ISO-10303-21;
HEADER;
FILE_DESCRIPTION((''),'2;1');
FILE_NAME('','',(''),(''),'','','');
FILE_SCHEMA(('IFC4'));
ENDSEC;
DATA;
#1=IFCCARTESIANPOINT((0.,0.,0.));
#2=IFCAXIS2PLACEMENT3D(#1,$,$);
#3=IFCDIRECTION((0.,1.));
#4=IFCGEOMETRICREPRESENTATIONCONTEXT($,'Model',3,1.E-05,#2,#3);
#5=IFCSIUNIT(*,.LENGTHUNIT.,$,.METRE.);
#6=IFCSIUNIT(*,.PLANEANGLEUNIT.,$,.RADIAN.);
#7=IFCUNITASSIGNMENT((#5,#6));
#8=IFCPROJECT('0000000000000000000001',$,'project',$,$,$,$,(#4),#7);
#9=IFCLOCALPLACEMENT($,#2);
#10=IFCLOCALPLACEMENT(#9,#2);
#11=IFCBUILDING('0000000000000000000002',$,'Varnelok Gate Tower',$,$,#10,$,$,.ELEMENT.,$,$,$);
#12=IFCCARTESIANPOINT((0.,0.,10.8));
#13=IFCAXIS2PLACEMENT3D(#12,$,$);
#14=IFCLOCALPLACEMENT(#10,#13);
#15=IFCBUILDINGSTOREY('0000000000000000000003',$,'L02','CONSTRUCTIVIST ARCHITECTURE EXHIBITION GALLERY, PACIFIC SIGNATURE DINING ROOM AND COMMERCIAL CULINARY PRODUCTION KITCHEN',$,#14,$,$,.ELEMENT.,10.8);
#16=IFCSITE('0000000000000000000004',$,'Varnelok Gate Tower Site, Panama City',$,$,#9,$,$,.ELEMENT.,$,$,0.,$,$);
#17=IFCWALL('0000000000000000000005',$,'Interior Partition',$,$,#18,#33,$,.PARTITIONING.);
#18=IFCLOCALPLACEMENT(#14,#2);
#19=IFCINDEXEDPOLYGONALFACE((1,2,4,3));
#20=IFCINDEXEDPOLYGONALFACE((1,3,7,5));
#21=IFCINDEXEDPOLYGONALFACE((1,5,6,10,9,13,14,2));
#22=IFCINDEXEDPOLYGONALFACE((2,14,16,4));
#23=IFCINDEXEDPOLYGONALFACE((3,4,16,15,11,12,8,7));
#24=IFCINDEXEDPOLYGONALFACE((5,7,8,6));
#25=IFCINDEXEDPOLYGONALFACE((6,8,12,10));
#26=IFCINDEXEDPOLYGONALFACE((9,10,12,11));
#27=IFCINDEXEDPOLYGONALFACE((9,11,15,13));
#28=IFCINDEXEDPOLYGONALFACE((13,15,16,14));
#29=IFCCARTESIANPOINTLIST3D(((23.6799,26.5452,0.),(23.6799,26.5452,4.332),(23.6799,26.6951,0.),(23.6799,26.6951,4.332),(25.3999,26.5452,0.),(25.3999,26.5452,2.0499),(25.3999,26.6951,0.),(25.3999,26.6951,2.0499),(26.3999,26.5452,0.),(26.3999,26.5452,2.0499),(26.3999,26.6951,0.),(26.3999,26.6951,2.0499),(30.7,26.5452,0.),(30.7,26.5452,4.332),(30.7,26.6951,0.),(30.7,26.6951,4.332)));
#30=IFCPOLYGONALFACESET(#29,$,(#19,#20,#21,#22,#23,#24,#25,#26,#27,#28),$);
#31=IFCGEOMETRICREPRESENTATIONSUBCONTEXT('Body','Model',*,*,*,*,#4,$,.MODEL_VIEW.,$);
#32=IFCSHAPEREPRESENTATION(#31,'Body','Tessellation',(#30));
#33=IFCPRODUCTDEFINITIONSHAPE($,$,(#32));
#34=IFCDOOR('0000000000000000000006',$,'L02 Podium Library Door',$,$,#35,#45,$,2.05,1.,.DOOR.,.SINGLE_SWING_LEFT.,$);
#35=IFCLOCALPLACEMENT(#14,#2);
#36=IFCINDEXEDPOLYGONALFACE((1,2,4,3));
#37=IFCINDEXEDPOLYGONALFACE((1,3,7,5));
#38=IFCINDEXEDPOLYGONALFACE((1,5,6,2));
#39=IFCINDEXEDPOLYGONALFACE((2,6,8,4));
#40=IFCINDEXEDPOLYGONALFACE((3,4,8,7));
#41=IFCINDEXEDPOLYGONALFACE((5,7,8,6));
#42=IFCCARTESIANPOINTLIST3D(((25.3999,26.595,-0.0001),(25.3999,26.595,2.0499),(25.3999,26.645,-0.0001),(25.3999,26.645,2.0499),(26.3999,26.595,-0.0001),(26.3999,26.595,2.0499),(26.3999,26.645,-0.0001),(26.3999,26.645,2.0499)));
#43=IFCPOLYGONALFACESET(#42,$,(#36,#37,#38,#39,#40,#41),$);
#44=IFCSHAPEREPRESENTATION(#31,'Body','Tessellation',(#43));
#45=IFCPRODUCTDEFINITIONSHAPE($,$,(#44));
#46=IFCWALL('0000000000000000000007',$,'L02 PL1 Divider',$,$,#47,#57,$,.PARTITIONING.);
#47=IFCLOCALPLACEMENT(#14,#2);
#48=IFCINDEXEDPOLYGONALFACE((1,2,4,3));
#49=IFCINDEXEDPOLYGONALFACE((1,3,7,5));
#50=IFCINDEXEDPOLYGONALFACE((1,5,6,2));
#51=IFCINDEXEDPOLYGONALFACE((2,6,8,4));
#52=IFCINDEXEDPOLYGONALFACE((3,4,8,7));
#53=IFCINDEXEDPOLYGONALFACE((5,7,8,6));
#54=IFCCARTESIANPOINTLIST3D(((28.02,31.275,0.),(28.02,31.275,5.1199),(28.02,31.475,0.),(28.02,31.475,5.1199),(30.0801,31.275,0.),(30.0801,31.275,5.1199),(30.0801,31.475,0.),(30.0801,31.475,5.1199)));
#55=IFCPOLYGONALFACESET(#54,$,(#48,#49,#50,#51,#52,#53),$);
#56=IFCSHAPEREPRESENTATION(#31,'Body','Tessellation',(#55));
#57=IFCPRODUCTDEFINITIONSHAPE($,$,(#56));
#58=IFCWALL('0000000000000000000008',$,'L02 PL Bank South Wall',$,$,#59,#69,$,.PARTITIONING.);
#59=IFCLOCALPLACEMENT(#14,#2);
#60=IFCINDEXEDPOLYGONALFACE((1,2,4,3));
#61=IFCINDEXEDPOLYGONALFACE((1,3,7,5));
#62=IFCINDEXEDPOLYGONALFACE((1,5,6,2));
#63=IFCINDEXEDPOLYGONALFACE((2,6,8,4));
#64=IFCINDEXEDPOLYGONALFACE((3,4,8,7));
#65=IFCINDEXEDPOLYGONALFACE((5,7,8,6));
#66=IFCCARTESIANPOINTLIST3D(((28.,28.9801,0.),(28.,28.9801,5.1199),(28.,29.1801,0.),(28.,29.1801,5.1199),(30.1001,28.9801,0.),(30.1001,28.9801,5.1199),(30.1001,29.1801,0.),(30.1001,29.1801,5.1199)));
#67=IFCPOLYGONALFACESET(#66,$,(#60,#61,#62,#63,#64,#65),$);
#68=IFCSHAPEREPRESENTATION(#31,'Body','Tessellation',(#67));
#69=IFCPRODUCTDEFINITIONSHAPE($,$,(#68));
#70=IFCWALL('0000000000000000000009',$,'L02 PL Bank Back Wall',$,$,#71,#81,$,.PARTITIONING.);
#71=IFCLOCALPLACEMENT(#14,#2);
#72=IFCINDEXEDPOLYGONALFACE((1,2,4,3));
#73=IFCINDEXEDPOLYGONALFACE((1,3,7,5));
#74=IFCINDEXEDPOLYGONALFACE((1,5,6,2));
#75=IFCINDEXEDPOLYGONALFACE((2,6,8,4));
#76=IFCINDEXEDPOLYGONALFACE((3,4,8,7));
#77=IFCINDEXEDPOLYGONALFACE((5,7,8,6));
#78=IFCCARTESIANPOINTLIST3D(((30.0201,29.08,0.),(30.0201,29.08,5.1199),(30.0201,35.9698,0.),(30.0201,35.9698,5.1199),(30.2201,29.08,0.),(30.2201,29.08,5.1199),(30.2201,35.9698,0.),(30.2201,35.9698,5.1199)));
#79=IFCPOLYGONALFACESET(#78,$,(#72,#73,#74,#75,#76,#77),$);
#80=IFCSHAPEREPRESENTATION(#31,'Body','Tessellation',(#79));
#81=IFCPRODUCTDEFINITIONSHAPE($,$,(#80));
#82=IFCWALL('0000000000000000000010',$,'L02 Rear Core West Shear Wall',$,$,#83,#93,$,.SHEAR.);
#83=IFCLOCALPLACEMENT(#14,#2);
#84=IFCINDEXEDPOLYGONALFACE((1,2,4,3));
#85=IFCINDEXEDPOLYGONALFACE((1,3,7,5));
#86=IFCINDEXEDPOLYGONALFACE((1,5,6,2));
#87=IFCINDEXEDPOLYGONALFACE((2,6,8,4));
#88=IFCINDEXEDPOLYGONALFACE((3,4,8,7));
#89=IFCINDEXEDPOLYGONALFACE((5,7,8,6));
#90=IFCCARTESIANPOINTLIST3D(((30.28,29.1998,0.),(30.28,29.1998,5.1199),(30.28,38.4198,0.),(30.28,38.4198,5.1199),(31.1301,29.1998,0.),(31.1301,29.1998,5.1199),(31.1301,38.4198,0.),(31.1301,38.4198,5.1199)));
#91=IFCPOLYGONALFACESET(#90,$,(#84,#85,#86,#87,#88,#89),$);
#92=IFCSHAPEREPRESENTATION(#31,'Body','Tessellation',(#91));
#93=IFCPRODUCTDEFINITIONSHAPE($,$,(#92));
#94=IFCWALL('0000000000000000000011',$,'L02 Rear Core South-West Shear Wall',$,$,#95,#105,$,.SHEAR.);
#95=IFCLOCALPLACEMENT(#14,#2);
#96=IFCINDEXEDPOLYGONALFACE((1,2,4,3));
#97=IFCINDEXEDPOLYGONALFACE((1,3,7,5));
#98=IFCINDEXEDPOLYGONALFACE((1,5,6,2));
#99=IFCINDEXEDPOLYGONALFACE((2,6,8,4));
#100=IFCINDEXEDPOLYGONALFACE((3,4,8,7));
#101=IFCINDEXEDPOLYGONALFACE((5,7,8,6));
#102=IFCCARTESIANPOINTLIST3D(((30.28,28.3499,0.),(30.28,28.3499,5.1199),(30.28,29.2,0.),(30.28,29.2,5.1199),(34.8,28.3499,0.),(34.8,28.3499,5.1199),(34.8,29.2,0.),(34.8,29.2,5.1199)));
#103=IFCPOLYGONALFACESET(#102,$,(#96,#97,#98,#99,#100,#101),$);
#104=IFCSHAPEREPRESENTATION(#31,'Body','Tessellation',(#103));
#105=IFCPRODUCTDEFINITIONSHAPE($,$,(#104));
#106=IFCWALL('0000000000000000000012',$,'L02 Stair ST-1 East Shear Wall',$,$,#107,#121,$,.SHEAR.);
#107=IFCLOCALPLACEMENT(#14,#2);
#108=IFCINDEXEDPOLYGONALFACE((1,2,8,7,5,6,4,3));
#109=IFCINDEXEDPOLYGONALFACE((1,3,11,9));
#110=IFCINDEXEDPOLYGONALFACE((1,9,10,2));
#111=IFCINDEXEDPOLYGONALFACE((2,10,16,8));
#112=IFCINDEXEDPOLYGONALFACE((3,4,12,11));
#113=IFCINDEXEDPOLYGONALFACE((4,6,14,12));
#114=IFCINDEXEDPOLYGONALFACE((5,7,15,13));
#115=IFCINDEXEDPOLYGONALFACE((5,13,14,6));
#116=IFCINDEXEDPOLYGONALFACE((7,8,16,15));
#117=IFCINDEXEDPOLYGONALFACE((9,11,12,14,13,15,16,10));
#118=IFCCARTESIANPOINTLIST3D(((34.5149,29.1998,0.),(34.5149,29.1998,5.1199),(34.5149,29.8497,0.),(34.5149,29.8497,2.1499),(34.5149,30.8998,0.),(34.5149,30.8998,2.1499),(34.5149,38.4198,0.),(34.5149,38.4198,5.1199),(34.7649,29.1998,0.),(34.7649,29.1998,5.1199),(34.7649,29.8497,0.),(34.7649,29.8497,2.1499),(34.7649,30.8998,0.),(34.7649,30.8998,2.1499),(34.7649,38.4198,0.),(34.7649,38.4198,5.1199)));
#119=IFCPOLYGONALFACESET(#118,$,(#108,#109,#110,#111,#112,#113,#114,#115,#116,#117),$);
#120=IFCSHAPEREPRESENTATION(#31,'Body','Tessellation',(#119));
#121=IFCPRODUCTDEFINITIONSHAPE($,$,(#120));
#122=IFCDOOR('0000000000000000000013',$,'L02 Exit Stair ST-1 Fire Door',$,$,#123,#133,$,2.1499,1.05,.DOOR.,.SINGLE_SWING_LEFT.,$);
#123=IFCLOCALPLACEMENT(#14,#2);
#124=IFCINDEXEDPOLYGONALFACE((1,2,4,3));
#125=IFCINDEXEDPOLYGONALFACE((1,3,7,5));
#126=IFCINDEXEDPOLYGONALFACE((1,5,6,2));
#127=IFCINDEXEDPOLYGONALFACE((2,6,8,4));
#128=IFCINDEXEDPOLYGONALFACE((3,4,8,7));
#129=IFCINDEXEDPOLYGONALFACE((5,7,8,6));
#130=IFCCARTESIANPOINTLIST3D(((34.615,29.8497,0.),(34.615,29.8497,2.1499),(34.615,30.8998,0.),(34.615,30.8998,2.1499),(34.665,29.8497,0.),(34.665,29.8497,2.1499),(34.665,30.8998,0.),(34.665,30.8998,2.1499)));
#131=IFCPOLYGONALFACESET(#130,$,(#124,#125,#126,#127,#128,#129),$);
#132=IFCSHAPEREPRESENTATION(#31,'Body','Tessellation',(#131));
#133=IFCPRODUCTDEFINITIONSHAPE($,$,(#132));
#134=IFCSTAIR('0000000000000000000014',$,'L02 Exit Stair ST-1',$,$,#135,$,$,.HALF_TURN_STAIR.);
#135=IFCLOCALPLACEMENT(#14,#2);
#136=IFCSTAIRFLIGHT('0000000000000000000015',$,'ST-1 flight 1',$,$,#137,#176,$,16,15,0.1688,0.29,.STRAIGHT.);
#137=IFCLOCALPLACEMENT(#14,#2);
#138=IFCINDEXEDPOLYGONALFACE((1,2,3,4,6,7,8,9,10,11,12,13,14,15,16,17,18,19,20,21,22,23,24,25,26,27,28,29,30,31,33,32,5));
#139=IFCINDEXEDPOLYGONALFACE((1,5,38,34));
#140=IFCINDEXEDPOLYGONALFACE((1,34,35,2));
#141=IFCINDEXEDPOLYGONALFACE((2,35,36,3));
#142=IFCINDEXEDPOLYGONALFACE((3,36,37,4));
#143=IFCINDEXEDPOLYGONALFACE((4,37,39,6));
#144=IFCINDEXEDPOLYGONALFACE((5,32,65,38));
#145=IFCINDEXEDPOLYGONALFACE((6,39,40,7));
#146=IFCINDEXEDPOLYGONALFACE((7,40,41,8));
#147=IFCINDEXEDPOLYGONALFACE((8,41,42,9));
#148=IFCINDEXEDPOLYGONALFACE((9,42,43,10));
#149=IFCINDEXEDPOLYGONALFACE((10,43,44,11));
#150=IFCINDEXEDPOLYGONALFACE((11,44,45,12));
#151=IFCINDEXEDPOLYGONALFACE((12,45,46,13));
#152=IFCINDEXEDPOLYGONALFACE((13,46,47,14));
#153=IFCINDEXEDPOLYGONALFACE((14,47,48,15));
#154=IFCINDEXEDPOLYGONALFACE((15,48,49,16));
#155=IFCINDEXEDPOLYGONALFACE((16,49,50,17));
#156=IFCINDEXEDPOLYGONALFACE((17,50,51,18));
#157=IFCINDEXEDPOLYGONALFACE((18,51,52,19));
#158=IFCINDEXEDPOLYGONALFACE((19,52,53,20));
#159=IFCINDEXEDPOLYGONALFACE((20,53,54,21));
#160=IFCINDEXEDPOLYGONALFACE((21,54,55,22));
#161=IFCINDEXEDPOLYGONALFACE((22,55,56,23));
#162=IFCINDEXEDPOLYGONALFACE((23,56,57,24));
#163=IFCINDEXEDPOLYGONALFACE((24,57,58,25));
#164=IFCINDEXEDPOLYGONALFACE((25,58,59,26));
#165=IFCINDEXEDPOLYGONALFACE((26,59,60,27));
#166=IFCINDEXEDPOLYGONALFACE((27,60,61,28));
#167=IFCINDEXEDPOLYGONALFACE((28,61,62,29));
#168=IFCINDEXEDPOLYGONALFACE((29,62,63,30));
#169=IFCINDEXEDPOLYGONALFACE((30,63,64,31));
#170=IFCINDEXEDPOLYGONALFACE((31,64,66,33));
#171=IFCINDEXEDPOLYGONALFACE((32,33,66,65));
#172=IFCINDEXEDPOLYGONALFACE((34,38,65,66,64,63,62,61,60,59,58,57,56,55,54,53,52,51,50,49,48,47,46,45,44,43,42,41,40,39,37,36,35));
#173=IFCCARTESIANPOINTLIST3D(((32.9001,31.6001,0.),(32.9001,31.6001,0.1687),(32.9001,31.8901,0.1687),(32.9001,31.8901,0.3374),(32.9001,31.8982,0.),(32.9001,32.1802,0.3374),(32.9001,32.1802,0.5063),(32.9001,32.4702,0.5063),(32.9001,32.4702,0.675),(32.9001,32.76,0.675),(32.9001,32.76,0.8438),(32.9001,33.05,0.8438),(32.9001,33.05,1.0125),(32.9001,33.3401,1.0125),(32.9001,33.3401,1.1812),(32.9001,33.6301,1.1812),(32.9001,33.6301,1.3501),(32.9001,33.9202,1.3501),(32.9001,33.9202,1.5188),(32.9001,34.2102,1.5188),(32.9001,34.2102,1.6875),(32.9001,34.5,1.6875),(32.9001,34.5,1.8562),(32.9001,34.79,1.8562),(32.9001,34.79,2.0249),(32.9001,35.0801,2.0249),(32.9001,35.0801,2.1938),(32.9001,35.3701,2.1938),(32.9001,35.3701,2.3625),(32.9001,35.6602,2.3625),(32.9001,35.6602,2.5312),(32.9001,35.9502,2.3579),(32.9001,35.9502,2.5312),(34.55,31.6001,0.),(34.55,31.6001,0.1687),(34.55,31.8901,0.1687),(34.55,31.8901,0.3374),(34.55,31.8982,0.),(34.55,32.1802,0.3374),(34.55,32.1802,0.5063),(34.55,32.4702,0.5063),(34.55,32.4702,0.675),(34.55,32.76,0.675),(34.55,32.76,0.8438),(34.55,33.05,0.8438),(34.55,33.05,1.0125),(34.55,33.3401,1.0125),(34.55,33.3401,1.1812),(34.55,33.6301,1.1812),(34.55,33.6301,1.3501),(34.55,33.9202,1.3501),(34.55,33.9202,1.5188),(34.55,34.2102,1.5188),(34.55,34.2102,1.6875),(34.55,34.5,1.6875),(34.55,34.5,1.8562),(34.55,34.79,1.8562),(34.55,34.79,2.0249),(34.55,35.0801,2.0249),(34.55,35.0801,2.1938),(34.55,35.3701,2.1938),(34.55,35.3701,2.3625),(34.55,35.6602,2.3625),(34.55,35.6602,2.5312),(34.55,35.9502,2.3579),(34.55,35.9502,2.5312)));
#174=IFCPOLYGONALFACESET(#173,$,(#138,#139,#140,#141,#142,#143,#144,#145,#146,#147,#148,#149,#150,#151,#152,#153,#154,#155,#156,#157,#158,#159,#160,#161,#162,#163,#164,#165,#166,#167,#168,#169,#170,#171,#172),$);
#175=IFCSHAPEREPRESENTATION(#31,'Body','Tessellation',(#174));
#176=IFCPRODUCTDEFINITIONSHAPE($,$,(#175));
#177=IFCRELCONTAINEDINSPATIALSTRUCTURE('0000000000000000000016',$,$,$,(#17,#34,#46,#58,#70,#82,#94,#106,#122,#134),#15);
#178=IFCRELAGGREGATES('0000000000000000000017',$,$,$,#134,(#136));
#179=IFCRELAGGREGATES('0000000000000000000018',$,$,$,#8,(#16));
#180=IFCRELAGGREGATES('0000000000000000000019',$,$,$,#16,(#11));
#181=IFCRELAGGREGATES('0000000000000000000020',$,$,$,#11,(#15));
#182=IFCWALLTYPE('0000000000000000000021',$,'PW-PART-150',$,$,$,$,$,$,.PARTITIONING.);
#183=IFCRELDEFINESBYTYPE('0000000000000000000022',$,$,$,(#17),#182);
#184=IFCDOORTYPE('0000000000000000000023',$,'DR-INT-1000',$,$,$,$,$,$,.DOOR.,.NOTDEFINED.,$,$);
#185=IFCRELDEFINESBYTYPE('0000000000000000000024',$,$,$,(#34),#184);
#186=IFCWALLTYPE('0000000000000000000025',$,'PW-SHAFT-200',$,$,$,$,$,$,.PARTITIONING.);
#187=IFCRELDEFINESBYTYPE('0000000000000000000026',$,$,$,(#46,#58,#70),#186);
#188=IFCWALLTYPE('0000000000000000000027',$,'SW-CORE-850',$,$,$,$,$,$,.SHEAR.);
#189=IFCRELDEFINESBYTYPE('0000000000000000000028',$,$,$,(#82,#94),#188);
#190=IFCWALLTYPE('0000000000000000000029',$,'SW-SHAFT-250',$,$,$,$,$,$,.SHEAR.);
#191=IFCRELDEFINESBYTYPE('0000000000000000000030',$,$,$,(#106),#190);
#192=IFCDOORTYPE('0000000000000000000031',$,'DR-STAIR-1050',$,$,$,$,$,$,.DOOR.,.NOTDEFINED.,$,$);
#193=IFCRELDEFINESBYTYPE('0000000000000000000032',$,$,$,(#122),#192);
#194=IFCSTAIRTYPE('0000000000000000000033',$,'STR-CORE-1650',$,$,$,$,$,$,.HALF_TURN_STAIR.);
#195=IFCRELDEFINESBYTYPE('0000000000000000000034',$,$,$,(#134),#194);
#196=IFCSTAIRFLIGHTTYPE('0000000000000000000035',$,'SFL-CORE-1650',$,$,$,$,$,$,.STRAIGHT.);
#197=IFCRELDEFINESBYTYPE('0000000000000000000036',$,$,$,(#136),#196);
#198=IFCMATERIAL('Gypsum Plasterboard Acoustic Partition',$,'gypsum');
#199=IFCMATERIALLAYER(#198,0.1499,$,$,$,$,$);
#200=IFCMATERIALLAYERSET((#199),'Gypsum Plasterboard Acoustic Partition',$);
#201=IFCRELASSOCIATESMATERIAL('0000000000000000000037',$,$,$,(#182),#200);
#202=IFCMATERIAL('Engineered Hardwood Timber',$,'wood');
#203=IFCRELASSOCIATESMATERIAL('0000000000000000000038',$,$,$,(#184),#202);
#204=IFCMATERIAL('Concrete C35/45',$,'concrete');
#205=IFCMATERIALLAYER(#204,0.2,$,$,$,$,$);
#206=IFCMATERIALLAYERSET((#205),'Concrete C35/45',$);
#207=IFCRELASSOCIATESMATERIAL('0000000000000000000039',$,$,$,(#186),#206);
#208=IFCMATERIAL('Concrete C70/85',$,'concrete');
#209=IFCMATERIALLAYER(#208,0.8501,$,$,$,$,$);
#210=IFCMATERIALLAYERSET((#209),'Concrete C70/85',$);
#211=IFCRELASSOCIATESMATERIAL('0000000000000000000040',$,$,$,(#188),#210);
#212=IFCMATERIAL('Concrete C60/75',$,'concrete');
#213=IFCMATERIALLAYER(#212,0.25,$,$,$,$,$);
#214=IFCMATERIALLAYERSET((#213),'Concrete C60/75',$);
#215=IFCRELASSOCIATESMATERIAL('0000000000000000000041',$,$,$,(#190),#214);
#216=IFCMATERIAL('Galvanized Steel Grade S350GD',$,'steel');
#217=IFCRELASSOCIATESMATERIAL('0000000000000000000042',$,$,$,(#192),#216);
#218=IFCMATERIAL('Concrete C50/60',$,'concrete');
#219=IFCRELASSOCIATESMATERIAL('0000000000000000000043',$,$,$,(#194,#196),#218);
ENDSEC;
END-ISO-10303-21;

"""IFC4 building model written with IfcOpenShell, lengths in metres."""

from ifc_helpers import new_model, si_unit, direction, frame, frame_2d, origin, place, context, subcontext, project, spatial, polyline, rectangle, outline, extrude, material, layer, layer_set, type_object, element, fill, aggregate, save


model = new_model("IFC4")

# Units and contexts
model_context = context("Model", 3, precision=1e-05, world=origin(), true_north=direction((0.0, 1.0)))
body_context = subcontext(model_context, "Body", "Model", "MODEL_VIEW")
ifc_project = project(units=[si_unit("LENGTHUNIT", "METRE"), si_unit("PLANEANGLEUNIT", "RADIAN")], contexts=[model_context])

# Site, building, storey
site_placement = place(None, origin())
site = spatial("IfcSite", under=ifc_project, at=site_placement, Name="Varnelok Gate Tower Site, Panama City", CompositionType="ELEMENT", RefElevation=0.0)
building_placement = place(site_placement, origin())
building = spatial("IfcBuilding", under=site, at=building_placement, Name="Varnelok Gate Tower", CompositionType="ELEMENT")
storey_placement = place(building_placement, frame((0.0, 0.0, 10.8)))
storey = spatial("IfcBuildingStorey", under=building, at=storey_placement, Name="L02", Description="CONSTRUCTIVIST ARCHITECTURE EXHIBITION GALLERY, PACIFIC SIGNATURE DINING ROOM AND COMMERCIAL CULINARY PRODUCTION KITCHEN", CompositionType="ELEMENT", Elevation=10.8)

# Shared definitions
ifc_material_1 = material(Name="Concrete C70/85", Category="concrete")

# Shared definitions
ifc_material_2 = material(Name="Concrete C60/75", Category="concrete")

# Wall, opening, door
ifc_material_3 = material(Name="Gypsum Plasterboard Acoustic Partition", Category="gypsum")
ifc_layer_1 = layer(ifc_material_3, 0.1499)
ifc_layer_set_1 = layer_set([ifc_layer_1], Name="Gypsum Plasterboard Acoustic Partition")
wall_type_1 = type_object("IfcWallType", Name="PW-PART-150", PredefinedType="PARTITIONING", material=ifc_layer_set_1)
wall_1_placement = place(storey_placement, frame((23.6799, 26.6201, 0.0), z_axis=(0.0, 0.0, 1.0), x_axis=(1.0, 0.0, 0.0)))
wall_1 = element("IfcWall", 1, at=wall_1_placement, inside=storey, type_object=wall_type_1, Name="Interior Partition", PredefinedType="PARTITIONING", context=body_context, shape_type="SweptSolid", body=[
    extrude(rectangle(XDim=7.02, YDim=0.1499, at=frame_2d((3.51, 0.0))), origin(), (0.0, 0.0, 1.0), 4.332),
])
opening_1_placement = place(wall_1_placement, frame((1.72, 0.0, 0.0)))
opening_1 = element("IfcOpeningElement", 2, at=opening_1_placement, cuts=wall_1, PredefinedType="OPENING", context=body_context, shape_type="SweptSolid", body=[
    extrude(rectangle(XDim=1.0, YDim=2.05, at=frame_2d((0.5, 1.0249))), frame((0.0, 0.085, 0.0), z_axis=(0.0, -1.0, 0.0), x_axis=(1.0, 0.0, 0.0)), (0.0, 0.0, 1.0), 0.1699),
])
ifc_material_4 = material(Name="Engineered Hardwood Timber", Category="wood")
door_type_1 = type_object("IfcDoorType", Name="DR-INT-1000", OperationType="NOTDEFINED", PredefinedType="DOOR", material=ifc_material_4)
door_1_placement = place(opening_1_placement, origin())
door_1 = element("IfcDoor", 3, at=door_1_placement, inside=storey, type_object=door_type_1, Name="L02 Podium Library Door", OperationType="SINGLE_SWING_LEFT", OverallHeight=2.05, OverallWidth=1.0, PredefinedType="DOOR", context=body_context, shape_type="SweptSolid", body=[
    extrude(rectangle(XDim=1.0, YDim=2.05, at=frame_2d((0.5, 1.0249))), frame((0.0, 0.0249, 0.0), z_axis=(0.0, -1.0, 0.0), x_axis=(1.0, 0.0, 0.0)), (0.0, 0.0, 1.0), 0.05),
])
fill(opening_1, door_1)

# Walls
ifc_material_5 = material(Name="Concrete C35/45", Category="concrete")
ifc_layer_2 = layer(ifc_material_5, 0.2)
ifc_layer_set_2 = layer_set([ifc_layer_2], Name="Concrete C35/45")
wall_type_2 = type_object("IfcWallType", Name="PW-SHAFT-200", PredefinedType="PARTITIONING", material=ifc_layer_set_2)
wall_2_placement = place(storey_placement, frame((28.02, 31.375, 0.0), z_axis=(0.0, 0.0, 1.0), x_axis=(1.0, 0.0, 0.0)))
element("IfcWall", 4, at=wall_2_placement, inside=storey, type_object=wall_type_2, Name="L02 PL1 Divider", PredefinedType="PARTITIONING", context=body_context, shape_type="SweptSolid", body=[
    extrude(rectangle(XDim=2.0601, YDim=0.2, at=frame_2d((1.03, 0.0))), origin(), (0.0, 0.0, 1.0), 5.1199),
])
wall_3_placement = place(storey_placement, frame((28.0, 29.0801, 0.0), z_axis=(0.0, 0.0, 1.0), x_axis=(1.0, 0.0, 0.0)))
element("IfcWall", 5, at=wall_3_placement, inside=storey, type_object=wall_type_2, Name="L02 PL Bank South Wall", PredefinedType="PARTITIONING", context=body_context, shape_type="SweptSolid", body=[
    extrude(rectangle(XDim=2.1001, YDim=0.2, at=frame_2d((1.05, 0.0))), origin(), (0.0, 0.0, 1.0), 5.1199),
])
wall_4_placement = place(storey_placement, frame((30.1201, 29.0801, 0.0), z_axis=(0.0, 0.0, 1.0), x_axis=(0.0, 1.0, 0.0)))
element("IfcWall", 6, at=wall_4_placement, inside=storey, type_object=wall_type_2, Name="L02 PL Bank Back Wall", PredefinedType="PARTITIONING", context=body_context, shape_type="SweptSolid", body=[
    extrude(rectangle(XDim=6.8899, YDim=0.2, at=frame_2d((3.4448, 0.0))), origin(), (0.0, 0.0, 1.0), 5.1199),
])

# Shared definitions
ifc_material_6 = material(Name="Galvanized Steel Grade S350GD", Category="steel")

# Walls
ifc_layer_3 = layer(ifc_material_1, 0.8501)
ifc_layer_set_3 = layer_set([ifc_layer_3], Name="Concrete C70/85")
wall_type_3 = type_object("IfcWallType", Name="SW-CORE-850", PredefinedType="SHEAR", material=ifc_layer_set_3)
wall_5_placement = place(storey_placement, frame((30.7051, 29.2, 0.0), z_axis=(0.0, 0.0, 1.0), x_axis=(0.0, 1.0, 0.0)))
element("IfcWall", 7, at=wall_5_placement, inside=storey, type_object=wall_type_3, Name="L02 Rear Core West Shear Wall", PredefinedType="SHEAR", context=body_context, shape_type="SweptSolid", body=[
    extrude(rectangle(XDim=9.22, YDim=0.8501, at=frame_2d((4.6099, 0.0))), origin(), (0.0, 0.0, 1.0), 5.1199),
])
wall_6_placement = place(storey_placement, frame((30.28, 28.7749, 0.0), z_axis=(0.0, 0.0, 1.0), x_axis=(1.0, 0.0, 0.0)))
element("IfcWall", 8, at=wall_6_placement, inside=storey, type_object=wall_type_3, Name="L02 Rear Core South-West Shear Wall", PredefinedType="SHEAR", context=body_context, shape_type="SweptSolid", body=[
    extrude(rectangle(XDim=4.52, YDim=0.8501, at=frame_2d((2.26, 0.0))), origin(), (0.0, 0.0, 1.0), 5.1199),
])

# Wall, opening, door
ifc_layer_4 = layer(ifc_material_2, 0.25)
ifc_layer_set_4 = layer_set([ifc_layer_4], Name="Concrete C60/75")
wall_type_4 = type_object("IfcWallType", Name="SW-SHAFT-250", PredefinedType="SHEAR", material=ifc_layer_set_4)
wall_7_placement = place(storey_placement, frame((34.6399, 29.2, 0.0), z_axis=(0.0, 0.0, 1.0), x_axis=(0.0, 1.0, 0.0)))
wall_7 = element("IfcWall", 9, at=wall_7_placement, inside=storey, type_object=wall_type_4, Name="L02 Stair ST-1 East Shear Wall", PredefinedType="SHEAR", context=body_context, shape_type="SweptSolid", body=[
    extrude(rectangle(XDim=9.22, YDim=0.25, at=frame_2d((4.6099, 0.0))), origin(), (0.0, 0.0, 1.0), 5.1199),
])
opening_2_placement = place(wall_7_placement, frame((0.6499, 0.0, 0.0)))
opening_2 = element("IfcOpeningElement", 10, at=opening_2_placement, cuts=wall_7, PredefinedType="OPENING", context=body_context, shape_type="SweptSolid", body=[
    extrude(rectangle(XDim=1.05, YDim=2.1499, at=frame_2d((0.5249, 1.075))), frame((0.0, 0.135, 0.0), z_axis=(0.0, -1.0, 0.0), x_axis=(1.0, 0.0, 0.0)), (0.0, 0.0, 1.0), 0.27),
])
door_type_2 = type_object("IfcDoorType", Name="DR-STAIR-1050", OperationType="NOTDEFINED", PredefinedType="DOOR", material=ifc_material_6)
door_2_placement = place(opening_2_placement, origin())
door_2 = element("IfcDoor", 11, at=door_2_placement, inside=storey, type_object=door_type_2, Name="L02 Exit Stair ST-1 Fire Door", OperationType="SINGLE_SWING_LEFT", OverallHeight=2.1499, OverallWidth=1.05, PredefinedType="DOOR", context=body_context, shape_type="SweptSolid", body=[
    extrude(rectangle(XDim=1.05, YDim=2.1499, at=frame_2d((0.5249, 1.075))), frame((0.0, 0.0249, 0.0), z_axis=(0.0, -1.0, 0.0), x_axis=(1.0, 0.0, 0.0)), (0.0, 0.0, 1.0), 0.05),
])
fill(opening_2, door_2)

# Stair, stair flight
ifc_material_7 = material(Name="Concrete C50/60", Category="concrete")
stair_type = type_object("IfcStairType", Name="STR-CORE-1650", PredefinedType="HALF_TURN_STAIR", material=ifc_material_7)
stair_placement = place(storey_placement, origin())
stair = element("IfcStair", 12, at=stair_placement, inside=storey, type_object=stair_type, Name="L02 Exit Stair ST-1", PredefinedType="HALF_TURN_STAIR")
stair_flight_type = type_object("IfcStairFlightType", Name="SFL-CORE-1650", PredefinedType="STRAIGHT", material=ifc_material_7)
stair_flight_placement = place(storey_placement, frame((33.7251, 31.6001, 0.0), z_axis=(0.0, 0.0, 1.0), x_axis=(0.0, 1.0, 0.0)))
stair_flight = element("IfcStairFlight", 13, at=stair_flight_placement, type_object=stair_flight_type, Name="ST-1 flight 1", NumberOfRisers=16, NumberOfTreads=15, PredefinedType="STRAIGHT", RiserHeight=0.1688, TreadLength=0.29, context=body_context, shape_type="SweptSolid", body=[
    extrude(outline(polyline([(0.0, 0.0), (0.0, 0.1687), (0.29, 0.1687), (0.29, 0.3374), (0.5801, 0.3374), (0.5801, 0.5063), (0.8701, 0.5063), (0.8701, 0.675), (1.1599, 0.675), (1.1599, 0.8438), (1.45, 0.8438), (1.45, 1.0125), (1.74, 1.0125), (1.74, 1.1812), (2.03, 1.1812), (2.03, 1.3501), (2.3201, 1.3501), (2.3201, 1.5188), (2.6101, 1.5188), (2.6101, 1.6875), (2.8999, 1.6875), (2.8999, 1.8562), (3.1899, 1.8562), (3.1899, 2.0249), (3.48, 2.0249), (3.48, 2.1938), (3.77, 2.1938), (3.77, 2.3625), (4.0601, 2.3625), (4.0601, 2.5312), (4.3501, 2.5312), (4.3501, 2.7), (4.3501, 2.3579), (0.2981, 0.0), (0.0, 0.0)])), frame((0.0, 0.825, 0.0), z_axis=(0.0, -1.0, 0.0), x_axis=(1.0, 0.0, 0.0)), (0.0, 0.0, 1.0), 1.6499),
])
aggregate(stair, [stair_flight])

save(model, "model.ifc")
